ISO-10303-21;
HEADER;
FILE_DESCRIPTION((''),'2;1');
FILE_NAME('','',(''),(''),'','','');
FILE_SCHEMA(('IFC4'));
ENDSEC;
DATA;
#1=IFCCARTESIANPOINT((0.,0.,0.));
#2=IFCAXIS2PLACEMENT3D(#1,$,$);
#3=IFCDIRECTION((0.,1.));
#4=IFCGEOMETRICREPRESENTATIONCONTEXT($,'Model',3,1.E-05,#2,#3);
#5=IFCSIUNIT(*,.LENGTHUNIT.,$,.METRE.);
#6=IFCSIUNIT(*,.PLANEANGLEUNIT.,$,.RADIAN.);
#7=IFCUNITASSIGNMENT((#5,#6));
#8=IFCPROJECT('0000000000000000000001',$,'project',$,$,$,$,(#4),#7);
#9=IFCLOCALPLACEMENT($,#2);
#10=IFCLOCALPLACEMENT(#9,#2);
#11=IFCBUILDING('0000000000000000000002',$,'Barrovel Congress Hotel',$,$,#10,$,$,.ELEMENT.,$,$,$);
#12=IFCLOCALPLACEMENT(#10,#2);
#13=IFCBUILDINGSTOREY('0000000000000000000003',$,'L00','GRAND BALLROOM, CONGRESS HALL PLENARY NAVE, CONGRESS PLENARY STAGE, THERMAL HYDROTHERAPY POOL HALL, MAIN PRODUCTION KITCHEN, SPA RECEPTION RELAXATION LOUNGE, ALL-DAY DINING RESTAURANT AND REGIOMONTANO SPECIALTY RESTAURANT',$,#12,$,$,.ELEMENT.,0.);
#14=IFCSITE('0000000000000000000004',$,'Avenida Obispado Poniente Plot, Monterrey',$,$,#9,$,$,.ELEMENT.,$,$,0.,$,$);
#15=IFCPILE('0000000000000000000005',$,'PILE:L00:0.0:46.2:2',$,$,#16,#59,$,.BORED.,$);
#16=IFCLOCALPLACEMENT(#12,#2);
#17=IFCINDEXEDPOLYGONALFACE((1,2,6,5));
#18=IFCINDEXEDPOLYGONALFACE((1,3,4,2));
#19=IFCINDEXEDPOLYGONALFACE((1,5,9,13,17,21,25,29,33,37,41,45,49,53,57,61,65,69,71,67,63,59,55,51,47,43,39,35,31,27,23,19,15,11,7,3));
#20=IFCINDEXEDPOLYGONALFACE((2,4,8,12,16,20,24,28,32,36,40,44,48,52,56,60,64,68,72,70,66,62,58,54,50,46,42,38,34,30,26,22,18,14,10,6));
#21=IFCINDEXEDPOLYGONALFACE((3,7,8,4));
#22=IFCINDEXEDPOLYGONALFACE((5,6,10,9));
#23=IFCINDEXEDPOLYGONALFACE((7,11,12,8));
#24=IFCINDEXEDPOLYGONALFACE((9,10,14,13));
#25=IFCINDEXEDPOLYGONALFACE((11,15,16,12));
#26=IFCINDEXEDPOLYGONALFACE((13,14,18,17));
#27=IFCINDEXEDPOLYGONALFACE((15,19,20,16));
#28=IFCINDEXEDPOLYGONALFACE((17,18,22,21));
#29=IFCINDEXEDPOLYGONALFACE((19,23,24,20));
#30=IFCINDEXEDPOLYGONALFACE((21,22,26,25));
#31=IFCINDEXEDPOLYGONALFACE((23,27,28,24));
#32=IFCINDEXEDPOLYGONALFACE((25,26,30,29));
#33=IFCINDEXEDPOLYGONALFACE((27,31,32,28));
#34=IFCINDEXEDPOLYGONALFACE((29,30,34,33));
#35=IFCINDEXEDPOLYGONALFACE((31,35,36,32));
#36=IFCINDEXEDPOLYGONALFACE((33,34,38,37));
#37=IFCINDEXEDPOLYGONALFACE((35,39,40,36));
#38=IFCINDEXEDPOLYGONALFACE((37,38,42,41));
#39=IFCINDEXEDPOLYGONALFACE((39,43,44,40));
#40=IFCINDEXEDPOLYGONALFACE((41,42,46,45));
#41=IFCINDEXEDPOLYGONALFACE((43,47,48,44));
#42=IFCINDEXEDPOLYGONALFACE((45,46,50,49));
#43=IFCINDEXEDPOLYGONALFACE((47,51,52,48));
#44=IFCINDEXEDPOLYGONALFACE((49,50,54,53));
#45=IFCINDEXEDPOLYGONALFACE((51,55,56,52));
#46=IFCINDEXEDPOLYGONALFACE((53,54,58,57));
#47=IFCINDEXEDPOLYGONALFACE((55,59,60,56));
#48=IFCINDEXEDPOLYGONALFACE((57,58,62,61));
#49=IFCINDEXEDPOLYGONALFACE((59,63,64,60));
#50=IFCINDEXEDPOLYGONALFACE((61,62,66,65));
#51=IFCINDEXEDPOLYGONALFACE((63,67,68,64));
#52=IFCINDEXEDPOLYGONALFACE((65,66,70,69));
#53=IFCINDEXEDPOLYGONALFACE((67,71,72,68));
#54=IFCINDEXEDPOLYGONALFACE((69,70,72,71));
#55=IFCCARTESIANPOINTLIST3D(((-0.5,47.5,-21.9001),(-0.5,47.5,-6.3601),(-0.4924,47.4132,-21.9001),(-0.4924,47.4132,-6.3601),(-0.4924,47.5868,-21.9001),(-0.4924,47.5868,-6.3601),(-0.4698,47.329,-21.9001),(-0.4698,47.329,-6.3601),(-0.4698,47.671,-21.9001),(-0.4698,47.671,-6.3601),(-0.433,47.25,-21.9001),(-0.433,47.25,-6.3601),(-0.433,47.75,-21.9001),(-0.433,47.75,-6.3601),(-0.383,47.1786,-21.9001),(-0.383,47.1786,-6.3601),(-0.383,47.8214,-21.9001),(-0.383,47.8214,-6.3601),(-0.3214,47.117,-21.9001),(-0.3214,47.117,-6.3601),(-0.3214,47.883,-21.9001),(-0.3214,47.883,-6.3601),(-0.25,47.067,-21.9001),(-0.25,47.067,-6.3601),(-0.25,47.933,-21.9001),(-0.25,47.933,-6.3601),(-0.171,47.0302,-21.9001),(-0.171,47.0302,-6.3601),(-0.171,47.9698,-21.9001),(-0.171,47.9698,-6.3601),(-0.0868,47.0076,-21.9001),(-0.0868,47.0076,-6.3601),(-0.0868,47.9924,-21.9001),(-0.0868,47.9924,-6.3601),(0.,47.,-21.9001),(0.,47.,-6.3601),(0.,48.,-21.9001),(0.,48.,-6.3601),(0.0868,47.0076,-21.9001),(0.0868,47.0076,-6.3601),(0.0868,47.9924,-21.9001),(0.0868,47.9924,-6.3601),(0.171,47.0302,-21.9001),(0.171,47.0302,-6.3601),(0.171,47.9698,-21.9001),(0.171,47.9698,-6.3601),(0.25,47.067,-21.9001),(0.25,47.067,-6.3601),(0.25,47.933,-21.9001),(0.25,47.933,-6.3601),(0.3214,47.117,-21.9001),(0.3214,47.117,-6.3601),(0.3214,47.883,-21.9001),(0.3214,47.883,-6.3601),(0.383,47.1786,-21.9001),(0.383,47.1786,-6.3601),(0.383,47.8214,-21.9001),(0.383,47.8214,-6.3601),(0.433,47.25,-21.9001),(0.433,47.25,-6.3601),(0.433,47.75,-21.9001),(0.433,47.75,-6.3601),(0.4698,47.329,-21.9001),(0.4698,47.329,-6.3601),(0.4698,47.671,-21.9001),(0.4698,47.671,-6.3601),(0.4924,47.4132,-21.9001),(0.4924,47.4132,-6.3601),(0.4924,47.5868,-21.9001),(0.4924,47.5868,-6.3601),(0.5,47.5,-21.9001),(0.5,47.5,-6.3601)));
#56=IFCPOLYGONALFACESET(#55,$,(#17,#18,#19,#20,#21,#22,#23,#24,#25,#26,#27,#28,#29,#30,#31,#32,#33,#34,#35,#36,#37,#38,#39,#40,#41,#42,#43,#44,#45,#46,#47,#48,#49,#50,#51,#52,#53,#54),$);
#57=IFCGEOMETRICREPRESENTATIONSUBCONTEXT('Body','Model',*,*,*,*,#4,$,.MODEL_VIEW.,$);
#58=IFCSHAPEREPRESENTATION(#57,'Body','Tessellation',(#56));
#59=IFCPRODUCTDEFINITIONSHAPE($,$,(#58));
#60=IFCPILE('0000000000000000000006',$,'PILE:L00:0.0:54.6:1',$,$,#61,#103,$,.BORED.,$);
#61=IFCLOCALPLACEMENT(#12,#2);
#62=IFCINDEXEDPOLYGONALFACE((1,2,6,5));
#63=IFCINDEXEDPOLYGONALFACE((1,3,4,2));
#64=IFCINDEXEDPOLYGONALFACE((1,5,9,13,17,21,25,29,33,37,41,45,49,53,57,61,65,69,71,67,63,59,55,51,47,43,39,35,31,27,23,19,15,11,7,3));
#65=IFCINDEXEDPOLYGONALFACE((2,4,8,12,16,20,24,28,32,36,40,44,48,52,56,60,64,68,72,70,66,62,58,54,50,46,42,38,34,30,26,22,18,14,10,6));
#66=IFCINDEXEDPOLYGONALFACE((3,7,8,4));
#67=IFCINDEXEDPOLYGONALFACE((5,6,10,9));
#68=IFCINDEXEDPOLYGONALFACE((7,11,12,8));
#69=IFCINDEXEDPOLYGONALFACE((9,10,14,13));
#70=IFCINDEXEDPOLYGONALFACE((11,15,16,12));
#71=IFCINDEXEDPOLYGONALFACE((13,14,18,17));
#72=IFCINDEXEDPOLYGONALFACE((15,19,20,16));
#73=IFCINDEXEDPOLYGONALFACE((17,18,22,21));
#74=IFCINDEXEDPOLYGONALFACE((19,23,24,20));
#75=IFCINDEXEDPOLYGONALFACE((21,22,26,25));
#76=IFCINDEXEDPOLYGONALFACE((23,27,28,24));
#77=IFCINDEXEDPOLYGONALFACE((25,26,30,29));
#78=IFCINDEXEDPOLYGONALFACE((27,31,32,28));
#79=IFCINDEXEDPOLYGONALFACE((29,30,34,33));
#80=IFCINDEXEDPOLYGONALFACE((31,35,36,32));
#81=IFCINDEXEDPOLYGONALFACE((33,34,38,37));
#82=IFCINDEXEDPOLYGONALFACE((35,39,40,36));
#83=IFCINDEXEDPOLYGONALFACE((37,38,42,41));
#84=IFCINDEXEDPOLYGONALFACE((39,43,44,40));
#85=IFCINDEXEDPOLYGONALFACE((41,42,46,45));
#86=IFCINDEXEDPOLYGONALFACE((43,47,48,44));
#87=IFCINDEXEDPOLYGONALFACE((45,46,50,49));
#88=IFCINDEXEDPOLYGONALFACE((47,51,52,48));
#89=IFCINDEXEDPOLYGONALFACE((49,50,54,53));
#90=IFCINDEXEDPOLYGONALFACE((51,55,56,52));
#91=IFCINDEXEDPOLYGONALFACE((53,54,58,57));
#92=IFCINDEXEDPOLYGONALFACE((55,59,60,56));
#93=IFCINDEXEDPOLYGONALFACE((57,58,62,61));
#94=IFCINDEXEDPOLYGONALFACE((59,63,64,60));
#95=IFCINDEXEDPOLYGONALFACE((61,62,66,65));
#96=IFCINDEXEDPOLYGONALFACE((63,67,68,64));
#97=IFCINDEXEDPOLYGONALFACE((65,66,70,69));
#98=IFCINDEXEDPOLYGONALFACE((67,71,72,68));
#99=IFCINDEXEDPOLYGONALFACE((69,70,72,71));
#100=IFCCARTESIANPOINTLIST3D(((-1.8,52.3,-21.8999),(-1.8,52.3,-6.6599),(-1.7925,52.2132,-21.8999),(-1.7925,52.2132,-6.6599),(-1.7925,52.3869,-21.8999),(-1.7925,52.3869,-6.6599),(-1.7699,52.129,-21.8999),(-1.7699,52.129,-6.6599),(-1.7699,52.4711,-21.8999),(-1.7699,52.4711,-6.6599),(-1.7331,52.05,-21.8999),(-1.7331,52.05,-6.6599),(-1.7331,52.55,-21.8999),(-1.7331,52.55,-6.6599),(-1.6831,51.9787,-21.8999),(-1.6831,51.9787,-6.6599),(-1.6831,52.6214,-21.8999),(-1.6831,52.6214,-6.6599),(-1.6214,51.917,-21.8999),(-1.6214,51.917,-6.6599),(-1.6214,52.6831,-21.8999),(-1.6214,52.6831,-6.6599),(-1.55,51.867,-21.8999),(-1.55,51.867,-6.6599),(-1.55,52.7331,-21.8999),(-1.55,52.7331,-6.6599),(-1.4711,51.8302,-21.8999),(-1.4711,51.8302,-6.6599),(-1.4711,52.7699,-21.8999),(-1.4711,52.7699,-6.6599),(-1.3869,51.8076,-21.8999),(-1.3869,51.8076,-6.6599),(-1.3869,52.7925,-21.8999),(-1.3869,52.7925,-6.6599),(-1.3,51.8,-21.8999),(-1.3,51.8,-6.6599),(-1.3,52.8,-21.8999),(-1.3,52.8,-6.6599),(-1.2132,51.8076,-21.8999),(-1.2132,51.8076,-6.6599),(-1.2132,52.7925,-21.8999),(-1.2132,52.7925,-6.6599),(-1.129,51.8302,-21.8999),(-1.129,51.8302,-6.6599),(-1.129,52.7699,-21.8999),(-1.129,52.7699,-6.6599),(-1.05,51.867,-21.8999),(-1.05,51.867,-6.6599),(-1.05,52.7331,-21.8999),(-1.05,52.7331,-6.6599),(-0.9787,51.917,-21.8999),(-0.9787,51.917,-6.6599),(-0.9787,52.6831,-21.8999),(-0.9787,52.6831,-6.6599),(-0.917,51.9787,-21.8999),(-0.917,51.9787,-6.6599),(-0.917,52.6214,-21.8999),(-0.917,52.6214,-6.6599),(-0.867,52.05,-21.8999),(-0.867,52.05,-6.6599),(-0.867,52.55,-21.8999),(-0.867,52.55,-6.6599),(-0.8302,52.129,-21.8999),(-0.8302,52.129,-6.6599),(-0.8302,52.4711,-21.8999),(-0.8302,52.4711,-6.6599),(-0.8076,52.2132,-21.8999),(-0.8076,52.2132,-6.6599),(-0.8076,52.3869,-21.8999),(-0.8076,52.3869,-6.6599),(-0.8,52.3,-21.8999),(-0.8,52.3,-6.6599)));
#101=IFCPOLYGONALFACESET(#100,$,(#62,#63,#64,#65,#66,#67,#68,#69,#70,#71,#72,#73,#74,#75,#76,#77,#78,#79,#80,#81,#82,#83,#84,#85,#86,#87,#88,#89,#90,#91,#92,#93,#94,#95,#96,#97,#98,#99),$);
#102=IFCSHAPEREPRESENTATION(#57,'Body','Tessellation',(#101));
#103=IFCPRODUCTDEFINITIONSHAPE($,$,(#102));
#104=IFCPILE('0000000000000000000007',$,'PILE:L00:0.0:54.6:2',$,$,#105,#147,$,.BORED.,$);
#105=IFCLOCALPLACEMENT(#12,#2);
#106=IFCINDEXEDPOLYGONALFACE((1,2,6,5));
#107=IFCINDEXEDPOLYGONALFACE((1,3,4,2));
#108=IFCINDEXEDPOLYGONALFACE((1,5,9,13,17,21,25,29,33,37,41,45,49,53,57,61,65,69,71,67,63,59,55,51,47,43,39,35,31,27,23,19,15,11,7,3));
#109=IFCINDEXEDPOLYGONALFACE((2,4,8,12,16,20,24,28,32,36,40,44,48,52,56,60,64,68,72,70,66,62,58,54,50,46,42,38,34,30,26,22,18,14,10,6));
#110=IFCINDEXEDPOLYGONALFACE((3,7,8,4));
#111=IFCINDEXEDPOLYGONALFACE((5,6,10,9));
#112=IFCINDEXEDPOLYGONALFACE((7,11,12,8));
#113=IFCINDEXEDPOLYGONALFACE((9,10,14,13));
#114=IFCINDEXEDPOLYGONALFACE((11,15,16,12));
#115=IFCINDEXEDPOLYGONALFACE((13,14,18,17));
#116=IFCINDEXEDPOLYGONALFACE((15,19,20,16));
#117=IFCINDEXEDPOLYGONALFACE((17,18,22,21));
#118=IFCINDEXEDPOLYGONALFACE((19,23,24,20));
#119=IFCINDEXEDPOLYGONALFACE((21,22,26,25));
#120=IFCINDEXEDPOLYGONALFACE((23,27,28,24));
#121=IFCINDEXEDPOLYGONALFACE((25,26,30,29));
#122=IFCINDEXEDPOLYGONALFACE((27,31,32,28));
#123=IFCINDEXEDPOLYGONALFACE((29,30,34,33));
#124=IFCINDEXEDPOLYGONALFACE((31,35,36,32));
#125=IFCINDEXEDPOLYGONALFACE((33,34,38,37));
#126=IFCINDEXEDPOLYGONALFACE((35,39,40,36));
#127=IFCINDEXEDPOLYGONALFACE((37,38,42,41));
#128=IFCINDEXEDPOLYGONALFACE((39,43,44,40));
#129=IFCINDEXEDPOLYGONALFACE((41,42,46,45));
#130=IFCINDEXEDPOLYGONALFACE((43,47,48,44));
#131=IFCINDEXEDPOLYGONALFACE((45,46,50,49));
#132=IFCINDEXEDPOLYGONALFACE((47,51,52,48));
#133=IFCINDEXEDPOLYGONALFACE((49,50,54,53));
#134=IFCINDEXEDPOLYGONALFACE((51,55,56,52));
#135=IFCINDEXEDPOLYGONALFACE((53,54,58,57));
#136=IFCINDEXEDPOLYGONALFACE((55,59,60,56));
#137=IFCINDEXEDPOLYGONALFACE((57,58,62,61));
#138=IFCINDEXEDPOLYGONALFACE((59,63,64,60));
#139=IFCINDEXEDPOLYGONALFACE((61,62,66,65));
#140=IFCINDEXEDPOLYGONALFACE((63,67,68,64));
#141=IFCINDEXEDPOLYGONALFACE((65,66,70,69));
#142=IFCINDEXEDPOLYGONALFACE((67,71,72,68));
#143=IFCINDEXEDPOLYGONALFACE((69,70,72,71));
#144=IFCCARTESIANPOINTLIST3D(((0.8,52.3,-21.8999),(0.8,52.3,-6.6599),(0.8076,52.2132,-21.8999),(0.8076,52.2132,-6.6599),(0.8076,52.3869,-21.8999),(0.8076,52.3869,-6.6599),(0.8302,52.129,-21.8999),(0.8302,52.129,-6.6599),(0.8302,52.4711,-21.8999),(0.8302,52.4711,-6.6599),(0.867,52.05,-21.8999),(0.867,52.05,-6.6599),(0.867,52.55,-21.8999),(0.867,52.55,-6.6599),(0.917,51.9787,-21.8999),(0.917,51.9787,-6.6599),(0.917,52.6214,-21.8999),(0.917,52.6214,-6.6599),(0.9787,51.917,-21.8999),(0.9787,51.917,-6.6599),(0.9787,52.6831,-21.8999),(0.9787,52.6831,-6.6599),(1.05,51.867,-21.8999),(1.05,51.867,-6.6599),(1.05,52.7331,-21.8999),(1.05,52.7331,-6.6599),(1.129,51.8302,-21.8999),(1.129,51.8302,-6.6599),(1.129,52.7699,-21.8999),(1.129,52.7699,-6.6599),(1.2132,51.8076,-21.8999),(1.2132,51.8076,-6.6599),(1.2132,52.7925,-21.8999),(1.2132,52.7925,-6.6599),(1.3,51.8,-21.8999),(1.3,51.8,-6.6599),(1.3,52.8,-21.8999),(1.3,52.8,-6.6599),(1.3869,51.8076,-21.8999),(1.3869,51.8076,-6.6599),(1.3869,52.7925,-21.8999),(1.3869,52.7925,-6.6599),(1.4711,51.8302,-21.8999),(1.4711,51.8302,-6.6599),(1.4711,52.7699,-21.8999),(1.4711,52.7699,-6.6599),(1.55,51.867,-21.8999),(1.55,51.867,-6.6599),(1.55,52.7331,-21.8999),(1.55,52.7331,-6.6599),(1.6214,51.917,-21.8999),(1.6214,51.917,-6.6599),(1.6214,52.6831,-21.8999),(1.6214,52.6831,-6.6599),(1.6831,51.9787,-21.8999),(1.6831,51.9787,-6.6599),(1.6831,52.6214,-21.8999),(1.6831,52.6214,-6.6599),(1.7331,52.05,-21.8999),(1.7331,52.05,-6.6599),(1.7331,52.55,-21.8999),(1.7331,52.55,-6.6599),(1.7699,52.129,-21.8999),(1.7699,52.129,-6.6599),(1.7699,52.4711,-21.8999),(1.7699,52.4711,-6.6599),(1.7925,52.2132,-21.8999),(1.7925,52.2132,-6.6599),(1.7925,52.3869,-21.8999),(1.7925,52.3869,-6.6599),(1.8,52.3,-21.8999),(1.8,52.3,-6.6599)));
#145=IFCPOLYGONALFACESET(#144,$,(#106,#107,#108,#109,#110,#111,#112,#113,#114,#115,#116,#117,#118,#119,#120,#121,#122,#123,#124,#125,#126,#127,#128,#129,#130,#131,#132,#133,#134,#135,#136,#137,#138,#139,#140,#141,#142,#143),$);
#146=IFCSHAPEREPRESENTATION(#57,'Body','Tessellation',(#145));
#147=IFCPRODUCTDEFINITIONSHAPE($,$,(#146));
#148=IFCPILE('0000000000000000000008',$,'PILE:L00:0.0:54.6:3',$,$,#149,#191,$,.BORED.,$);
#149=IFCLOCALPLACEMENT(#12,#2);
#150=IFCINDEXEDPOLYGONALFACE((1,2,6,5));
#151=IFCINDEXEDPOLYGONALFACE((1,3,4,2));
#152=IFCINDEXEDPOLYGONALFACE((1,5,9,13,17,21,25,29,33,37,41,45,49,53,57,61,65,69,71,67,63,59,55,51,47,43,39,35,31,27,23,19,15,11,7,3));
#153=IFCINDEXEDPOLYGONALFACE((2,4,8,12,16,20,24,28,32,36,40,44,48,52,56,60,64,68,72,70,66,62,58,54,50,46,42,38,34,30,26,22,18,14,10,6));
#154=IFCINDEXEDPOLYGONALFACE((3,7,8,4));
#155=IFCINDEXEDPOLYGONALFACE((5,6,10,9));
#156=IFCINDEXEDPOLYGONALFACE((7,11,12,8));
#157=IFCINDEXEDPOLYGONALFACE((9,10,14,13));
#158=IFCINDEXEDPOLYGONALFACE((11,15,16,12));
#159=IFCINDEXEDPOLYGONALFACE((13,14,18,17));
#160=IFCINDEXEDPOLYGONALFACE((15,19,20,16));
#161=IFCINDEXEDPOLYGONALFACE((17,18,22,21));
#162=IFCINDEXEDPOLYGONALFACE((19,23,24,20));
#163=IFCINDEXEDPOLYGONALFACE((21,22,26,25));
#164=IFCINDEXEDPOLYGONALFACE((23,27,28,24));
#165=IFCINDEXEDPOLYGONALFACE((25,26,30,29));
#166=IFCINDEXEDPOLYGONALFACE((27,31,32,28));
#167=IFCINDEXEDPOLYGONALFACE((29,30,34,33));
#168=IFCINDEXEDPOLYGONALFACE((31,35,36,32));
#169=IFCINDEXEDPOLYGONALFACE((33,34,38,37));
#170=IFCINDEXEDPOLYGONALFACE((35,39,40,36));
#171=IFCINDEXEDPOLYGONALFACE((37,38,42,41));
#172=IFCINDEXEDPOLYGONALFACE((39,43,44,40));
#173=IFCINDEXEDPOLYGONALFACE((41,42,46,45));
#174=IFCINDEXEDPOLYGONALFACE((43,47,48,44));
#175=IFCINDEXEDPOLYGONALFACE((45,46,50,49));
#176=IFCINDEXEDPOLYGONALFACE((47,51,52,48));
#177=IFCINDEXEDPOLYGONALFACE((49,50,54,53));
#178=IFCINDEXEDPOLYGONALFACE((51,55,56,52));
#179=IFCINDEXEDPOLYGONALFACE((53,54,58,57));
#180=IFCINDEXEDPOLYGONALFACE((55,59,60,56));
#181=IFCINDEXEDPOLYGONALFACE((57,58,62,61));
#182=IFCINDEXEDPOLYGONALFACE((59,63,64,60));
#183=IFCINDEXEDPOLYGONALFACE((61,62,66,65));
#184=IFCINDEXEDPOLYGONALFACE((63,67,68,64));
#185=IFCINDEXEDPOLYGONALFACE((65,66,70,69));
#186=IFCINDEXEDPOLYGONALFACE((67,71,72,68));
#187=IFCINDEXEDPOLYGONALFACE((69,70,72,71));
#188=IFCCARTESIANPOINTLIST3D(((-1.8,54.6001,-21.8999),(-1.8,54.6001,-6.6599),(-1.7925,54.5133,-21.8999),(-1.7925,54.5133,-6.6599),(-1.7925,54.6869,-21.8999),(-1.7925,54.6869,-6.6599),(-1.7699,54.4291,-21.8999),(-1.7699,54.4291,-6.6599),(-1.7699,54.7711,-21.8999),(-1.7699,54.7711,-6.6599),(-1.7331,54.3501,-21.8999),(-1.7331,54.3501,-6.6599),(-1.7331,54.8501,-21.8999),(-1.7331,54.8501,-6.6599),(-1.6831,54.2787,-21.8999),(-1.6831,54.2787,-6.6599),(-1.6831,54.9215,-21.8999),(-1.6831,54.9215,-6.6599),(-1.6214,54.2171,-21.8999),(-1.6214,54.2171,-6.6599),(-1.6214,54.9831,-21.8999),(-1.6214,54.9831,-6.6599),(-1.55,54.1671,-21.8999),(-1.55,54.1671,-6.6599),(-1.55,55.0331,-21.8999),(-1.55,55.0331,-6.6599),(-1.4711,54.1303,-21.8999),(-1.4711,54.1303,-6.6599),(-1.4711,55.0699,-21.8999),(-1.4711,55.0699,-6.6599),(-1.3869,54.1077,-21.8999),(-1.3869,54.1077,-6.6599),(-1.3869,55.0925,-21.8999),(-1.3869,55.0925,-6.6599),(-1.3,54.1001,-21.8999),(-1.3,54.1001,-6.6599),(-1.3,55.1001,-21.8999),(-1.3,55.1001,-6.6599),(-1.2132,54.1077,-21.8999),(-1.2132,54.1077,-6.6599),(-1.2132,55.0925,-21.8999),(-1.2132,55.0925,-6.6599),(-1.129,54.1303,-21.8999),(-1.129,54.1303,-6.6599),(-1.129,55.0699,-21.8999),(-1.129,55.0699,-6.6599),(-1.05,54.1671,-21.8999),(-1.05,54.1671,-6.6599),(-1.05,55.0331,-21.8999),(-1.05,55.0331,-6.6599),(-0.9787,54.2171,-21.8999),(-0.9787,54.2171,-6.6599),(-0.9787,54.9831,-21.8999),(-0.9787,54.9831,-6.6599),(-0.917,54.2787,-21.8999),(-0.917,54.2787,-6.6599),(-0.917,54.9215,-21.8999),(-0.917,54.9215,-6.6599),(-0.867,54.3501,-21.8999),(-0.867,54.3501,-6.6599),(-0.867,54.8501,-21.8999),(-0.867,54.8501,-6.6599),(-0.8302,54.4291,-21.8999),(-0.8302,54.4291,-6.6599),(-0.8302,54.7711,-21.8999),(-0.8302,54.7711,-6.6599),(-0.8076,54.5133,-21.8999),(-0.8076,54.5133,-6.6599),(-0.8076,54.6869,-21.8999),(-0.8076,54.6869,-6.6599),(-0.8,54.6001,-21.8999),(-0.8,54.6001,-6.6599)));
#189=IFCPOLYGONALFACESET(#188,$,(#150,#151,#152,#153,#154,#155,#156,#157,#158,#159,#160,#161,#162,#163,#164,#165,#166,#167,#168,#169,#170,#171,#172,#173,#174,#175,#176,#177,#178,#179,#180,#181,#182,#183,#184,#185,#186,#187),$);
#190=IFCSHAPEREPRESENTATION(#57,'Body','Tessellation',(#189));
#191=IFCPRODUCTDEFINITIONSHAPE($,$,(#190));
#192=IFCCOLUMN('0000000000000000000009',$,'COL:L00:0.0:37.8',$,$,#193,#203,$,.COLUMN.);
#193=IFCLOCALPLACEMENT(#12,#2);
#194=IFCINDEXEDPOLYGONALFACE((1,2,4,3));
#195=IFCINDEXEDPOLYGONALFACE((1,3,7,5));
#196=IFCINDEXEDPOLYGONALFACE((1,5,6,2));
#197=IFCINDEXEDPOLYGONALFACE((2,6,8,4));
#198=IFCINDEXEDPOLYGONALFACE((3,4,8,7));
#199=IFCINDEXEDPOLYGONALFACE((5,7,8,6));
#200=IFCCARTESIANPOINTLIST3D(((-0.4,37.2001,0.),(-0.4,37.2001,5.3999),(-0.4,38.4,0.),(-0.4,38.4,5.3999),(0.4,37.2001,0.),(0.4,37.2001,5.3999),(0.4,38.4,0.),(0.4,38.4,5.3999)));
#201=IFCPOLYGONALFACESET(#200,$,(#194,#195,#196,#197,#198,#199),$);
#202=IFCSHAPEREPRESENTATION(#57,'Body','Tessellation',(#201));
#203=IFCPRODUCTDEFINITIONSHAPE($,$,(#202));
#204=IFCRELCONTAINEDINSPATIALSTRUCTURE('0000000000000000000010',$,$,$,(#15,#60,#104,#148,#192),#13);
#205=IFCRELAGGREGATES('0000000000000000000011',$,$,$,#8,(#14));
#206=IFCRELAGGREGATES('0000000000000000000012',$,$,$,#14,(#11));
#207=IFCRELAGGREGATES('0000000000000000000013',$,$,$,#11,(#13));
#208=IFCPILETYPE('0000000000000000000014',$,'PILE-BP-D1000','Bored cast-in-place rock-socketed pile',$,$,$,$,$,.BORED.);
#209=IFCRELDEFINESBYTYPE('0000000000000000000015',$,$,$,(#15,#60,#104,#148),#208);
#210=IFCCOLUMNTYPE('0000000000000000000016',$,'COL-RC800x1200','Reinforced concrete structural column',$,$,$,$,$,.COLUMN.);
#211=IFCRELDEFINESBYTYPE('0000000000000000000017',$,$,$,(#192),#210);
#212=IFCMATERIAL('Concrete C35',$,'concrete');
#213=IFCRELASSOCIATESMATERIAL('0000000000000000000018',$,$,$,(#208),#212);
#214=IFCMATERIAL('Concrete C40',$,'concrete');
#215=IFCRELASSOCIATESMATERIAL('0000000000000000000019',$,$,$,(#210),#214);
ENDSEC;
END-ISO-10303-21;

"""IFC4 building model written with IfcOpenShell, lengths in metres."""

from ifc_helpers import new_model, si_unit, direction, frame, origin, origin_2d, place, context, subcontext, project, spatial, rectangle, circle, extrude, material, material_profile, profile_set, type_object, element, save


model = new_model("IFC4")

# Units and contexts
model_context = context("Model", 3, precision=1e-05, world=origin(), true_north=direction((0.0, 1.0)))
body_context = subcontext(model_context, "Body", "Model", "MODEL_VIEW")
ifc_project = project(units=[si_unit("LENGTHUNIT", "METRE"), si_unit("PLANEANGLEUNIT", "RADIAN")], contexts=[model_context])

# Site, building, storey
site_placement = place(None, origin())
site = spatial("IfcSite", under=ifc_project, at=site_placement, Name="Avenida Obispado Poniente Plot, Monterrey", CompositionType="ELEMENT", RefElevation=0.0)
building_placement = place(site_placement, origin())
building = spatial("IfcBuilding", under=site, at=building_placement, Name="Barrovel Congress Hotel", CompositionType="ELEMENT")
storey_placement = place(building_placement, origin())
storey = spatial("IfcBuildingStorey", under=building, at=storey_placement, Name="L00", Description="GRAND BALLROOM, CONGRESS HALL PLENARY NAVE, CONGRESS PLENARY STAGE, THERMAL HYDROTHERAPY POOL HALL, MAIN PRODUCTION KITCHEN, SPA RECEPTION RELAXATION LOUNGE, ALL-DAY DINING RESTAURANT AND REGIOMONTANO SPECIALTY RESTAURANT", CompositionType="ELEMENT", Elevation=0.0)

# Shared definitions
ifc_material_1 = material(Name="Concrete C40", Category="concrete")

# Piles
ifc_material_2 = material(Name="Concrete C35", Category="concrete")
ifc_material_profile_1 = material_profile(ifc_material_2, circle(Radius=0.5, at=origin_2d()), Name="BP-D1000")
ifc_profile_set_1 = profile_set([ifc_material_profile_1], Name="Concrete C35")
pile_type = type_object("IfcPileType", Name="PILE-BP-D1000", Description="Bored cast-in-place rock-socketed pile", PredefinedType="BORED", material=ifc_profile_set_1)
for number, where, z_axis, x_axis, name in (
    (1, (0.0, 47.5, -6.3601), (0.0, 0.0, -1.0), (1.0, 0.0, 0.0), "PILE:L00:0.0:46.2:2"),
):
    element("IfcPile", number, at=place(storey_placement, frame(where, z_axis=z_axis, x_axis=x_axis)), inside=storey, type_object=pile_type, Name=name, PredefinedType="BORED", context=body_context, shape_type="SweptSolid", body=[
        extrude(circle(Radius=0.5, at=origin_2d()), origin(), (0.0, 0.0, 1.0), 15.54),
    ])
for number, where, z_axis, x_axis, name in (
    (2, (-1.3, 52.3, -6.6599), (0.0, 0.0, -1.0), (1.0, 0.0, 0.0), "PILE:L00:0.0:54.6:1"),
    (3, (1.3, 52.3, -6.6599), (0.0, 0.0, -1.0), (1.0, 0.0, 0.0), "PILE:L00:0.0:54.6:2"),
    (4, (-1.3, 54.6001, -6.6599), (0.0, 0.0, -1.0), (1.0, 0.0, 0.0), "PILE:L00:0.0:54.6:3"),
):
    element("IfcPile", number, at=place(storey_placement, frame(where, z_axis=z_axis, x_axis=x_axis)), inside=storey, type_object=pile_type, Name=name, PredefinedType="BORED", context=body_context, shape_type="SweptSolid", body=[
        extrude(circle(Radius=0.5, at=origin_2d()), origin(), (0.0, 0.0, 1.0), 15.24),
    ])

# Column
ifc_material_profile_2 = material_profile(ifc_material_1, rectangle(XDim=0.8, YDim=1.2, at=origin_2d()), Name="RC800x1200")
ifc_profile_set_2 = profile_set([ifc_material_profile_2], Name="Concrete C40")
column_type = type_object("IfcColumnType", Name="COL-RC800x1200", Description="Reinforced concrete structural column", PredefinedType="COLUMN", material=ifc_profile_set_2)
for number, where, z_axis, x_axis, name in (
    (5, (0.0, 37.8, 0.0), (0.0, 0.0, 1.0), (1.0, 0.0, 0.0), "COL:L00:0.0:37.8"),
):
    element("IfcColumn", number, at=place(storey_placement, frame(where, z_axis=z_axis, x_axis=x_axis)), inside=storey, type_object=column_type, Name=name, PredefinedType="COLUMN", context=body_context, shape_type="SweptSolid", body=[
        extrude(rectangle(XDim=0.8, YDim=1.2, at=origin_2d()), origin(), (0.0, 0.0, 1.0), 5.3999),
    ])

save(model, "model.ifc")
